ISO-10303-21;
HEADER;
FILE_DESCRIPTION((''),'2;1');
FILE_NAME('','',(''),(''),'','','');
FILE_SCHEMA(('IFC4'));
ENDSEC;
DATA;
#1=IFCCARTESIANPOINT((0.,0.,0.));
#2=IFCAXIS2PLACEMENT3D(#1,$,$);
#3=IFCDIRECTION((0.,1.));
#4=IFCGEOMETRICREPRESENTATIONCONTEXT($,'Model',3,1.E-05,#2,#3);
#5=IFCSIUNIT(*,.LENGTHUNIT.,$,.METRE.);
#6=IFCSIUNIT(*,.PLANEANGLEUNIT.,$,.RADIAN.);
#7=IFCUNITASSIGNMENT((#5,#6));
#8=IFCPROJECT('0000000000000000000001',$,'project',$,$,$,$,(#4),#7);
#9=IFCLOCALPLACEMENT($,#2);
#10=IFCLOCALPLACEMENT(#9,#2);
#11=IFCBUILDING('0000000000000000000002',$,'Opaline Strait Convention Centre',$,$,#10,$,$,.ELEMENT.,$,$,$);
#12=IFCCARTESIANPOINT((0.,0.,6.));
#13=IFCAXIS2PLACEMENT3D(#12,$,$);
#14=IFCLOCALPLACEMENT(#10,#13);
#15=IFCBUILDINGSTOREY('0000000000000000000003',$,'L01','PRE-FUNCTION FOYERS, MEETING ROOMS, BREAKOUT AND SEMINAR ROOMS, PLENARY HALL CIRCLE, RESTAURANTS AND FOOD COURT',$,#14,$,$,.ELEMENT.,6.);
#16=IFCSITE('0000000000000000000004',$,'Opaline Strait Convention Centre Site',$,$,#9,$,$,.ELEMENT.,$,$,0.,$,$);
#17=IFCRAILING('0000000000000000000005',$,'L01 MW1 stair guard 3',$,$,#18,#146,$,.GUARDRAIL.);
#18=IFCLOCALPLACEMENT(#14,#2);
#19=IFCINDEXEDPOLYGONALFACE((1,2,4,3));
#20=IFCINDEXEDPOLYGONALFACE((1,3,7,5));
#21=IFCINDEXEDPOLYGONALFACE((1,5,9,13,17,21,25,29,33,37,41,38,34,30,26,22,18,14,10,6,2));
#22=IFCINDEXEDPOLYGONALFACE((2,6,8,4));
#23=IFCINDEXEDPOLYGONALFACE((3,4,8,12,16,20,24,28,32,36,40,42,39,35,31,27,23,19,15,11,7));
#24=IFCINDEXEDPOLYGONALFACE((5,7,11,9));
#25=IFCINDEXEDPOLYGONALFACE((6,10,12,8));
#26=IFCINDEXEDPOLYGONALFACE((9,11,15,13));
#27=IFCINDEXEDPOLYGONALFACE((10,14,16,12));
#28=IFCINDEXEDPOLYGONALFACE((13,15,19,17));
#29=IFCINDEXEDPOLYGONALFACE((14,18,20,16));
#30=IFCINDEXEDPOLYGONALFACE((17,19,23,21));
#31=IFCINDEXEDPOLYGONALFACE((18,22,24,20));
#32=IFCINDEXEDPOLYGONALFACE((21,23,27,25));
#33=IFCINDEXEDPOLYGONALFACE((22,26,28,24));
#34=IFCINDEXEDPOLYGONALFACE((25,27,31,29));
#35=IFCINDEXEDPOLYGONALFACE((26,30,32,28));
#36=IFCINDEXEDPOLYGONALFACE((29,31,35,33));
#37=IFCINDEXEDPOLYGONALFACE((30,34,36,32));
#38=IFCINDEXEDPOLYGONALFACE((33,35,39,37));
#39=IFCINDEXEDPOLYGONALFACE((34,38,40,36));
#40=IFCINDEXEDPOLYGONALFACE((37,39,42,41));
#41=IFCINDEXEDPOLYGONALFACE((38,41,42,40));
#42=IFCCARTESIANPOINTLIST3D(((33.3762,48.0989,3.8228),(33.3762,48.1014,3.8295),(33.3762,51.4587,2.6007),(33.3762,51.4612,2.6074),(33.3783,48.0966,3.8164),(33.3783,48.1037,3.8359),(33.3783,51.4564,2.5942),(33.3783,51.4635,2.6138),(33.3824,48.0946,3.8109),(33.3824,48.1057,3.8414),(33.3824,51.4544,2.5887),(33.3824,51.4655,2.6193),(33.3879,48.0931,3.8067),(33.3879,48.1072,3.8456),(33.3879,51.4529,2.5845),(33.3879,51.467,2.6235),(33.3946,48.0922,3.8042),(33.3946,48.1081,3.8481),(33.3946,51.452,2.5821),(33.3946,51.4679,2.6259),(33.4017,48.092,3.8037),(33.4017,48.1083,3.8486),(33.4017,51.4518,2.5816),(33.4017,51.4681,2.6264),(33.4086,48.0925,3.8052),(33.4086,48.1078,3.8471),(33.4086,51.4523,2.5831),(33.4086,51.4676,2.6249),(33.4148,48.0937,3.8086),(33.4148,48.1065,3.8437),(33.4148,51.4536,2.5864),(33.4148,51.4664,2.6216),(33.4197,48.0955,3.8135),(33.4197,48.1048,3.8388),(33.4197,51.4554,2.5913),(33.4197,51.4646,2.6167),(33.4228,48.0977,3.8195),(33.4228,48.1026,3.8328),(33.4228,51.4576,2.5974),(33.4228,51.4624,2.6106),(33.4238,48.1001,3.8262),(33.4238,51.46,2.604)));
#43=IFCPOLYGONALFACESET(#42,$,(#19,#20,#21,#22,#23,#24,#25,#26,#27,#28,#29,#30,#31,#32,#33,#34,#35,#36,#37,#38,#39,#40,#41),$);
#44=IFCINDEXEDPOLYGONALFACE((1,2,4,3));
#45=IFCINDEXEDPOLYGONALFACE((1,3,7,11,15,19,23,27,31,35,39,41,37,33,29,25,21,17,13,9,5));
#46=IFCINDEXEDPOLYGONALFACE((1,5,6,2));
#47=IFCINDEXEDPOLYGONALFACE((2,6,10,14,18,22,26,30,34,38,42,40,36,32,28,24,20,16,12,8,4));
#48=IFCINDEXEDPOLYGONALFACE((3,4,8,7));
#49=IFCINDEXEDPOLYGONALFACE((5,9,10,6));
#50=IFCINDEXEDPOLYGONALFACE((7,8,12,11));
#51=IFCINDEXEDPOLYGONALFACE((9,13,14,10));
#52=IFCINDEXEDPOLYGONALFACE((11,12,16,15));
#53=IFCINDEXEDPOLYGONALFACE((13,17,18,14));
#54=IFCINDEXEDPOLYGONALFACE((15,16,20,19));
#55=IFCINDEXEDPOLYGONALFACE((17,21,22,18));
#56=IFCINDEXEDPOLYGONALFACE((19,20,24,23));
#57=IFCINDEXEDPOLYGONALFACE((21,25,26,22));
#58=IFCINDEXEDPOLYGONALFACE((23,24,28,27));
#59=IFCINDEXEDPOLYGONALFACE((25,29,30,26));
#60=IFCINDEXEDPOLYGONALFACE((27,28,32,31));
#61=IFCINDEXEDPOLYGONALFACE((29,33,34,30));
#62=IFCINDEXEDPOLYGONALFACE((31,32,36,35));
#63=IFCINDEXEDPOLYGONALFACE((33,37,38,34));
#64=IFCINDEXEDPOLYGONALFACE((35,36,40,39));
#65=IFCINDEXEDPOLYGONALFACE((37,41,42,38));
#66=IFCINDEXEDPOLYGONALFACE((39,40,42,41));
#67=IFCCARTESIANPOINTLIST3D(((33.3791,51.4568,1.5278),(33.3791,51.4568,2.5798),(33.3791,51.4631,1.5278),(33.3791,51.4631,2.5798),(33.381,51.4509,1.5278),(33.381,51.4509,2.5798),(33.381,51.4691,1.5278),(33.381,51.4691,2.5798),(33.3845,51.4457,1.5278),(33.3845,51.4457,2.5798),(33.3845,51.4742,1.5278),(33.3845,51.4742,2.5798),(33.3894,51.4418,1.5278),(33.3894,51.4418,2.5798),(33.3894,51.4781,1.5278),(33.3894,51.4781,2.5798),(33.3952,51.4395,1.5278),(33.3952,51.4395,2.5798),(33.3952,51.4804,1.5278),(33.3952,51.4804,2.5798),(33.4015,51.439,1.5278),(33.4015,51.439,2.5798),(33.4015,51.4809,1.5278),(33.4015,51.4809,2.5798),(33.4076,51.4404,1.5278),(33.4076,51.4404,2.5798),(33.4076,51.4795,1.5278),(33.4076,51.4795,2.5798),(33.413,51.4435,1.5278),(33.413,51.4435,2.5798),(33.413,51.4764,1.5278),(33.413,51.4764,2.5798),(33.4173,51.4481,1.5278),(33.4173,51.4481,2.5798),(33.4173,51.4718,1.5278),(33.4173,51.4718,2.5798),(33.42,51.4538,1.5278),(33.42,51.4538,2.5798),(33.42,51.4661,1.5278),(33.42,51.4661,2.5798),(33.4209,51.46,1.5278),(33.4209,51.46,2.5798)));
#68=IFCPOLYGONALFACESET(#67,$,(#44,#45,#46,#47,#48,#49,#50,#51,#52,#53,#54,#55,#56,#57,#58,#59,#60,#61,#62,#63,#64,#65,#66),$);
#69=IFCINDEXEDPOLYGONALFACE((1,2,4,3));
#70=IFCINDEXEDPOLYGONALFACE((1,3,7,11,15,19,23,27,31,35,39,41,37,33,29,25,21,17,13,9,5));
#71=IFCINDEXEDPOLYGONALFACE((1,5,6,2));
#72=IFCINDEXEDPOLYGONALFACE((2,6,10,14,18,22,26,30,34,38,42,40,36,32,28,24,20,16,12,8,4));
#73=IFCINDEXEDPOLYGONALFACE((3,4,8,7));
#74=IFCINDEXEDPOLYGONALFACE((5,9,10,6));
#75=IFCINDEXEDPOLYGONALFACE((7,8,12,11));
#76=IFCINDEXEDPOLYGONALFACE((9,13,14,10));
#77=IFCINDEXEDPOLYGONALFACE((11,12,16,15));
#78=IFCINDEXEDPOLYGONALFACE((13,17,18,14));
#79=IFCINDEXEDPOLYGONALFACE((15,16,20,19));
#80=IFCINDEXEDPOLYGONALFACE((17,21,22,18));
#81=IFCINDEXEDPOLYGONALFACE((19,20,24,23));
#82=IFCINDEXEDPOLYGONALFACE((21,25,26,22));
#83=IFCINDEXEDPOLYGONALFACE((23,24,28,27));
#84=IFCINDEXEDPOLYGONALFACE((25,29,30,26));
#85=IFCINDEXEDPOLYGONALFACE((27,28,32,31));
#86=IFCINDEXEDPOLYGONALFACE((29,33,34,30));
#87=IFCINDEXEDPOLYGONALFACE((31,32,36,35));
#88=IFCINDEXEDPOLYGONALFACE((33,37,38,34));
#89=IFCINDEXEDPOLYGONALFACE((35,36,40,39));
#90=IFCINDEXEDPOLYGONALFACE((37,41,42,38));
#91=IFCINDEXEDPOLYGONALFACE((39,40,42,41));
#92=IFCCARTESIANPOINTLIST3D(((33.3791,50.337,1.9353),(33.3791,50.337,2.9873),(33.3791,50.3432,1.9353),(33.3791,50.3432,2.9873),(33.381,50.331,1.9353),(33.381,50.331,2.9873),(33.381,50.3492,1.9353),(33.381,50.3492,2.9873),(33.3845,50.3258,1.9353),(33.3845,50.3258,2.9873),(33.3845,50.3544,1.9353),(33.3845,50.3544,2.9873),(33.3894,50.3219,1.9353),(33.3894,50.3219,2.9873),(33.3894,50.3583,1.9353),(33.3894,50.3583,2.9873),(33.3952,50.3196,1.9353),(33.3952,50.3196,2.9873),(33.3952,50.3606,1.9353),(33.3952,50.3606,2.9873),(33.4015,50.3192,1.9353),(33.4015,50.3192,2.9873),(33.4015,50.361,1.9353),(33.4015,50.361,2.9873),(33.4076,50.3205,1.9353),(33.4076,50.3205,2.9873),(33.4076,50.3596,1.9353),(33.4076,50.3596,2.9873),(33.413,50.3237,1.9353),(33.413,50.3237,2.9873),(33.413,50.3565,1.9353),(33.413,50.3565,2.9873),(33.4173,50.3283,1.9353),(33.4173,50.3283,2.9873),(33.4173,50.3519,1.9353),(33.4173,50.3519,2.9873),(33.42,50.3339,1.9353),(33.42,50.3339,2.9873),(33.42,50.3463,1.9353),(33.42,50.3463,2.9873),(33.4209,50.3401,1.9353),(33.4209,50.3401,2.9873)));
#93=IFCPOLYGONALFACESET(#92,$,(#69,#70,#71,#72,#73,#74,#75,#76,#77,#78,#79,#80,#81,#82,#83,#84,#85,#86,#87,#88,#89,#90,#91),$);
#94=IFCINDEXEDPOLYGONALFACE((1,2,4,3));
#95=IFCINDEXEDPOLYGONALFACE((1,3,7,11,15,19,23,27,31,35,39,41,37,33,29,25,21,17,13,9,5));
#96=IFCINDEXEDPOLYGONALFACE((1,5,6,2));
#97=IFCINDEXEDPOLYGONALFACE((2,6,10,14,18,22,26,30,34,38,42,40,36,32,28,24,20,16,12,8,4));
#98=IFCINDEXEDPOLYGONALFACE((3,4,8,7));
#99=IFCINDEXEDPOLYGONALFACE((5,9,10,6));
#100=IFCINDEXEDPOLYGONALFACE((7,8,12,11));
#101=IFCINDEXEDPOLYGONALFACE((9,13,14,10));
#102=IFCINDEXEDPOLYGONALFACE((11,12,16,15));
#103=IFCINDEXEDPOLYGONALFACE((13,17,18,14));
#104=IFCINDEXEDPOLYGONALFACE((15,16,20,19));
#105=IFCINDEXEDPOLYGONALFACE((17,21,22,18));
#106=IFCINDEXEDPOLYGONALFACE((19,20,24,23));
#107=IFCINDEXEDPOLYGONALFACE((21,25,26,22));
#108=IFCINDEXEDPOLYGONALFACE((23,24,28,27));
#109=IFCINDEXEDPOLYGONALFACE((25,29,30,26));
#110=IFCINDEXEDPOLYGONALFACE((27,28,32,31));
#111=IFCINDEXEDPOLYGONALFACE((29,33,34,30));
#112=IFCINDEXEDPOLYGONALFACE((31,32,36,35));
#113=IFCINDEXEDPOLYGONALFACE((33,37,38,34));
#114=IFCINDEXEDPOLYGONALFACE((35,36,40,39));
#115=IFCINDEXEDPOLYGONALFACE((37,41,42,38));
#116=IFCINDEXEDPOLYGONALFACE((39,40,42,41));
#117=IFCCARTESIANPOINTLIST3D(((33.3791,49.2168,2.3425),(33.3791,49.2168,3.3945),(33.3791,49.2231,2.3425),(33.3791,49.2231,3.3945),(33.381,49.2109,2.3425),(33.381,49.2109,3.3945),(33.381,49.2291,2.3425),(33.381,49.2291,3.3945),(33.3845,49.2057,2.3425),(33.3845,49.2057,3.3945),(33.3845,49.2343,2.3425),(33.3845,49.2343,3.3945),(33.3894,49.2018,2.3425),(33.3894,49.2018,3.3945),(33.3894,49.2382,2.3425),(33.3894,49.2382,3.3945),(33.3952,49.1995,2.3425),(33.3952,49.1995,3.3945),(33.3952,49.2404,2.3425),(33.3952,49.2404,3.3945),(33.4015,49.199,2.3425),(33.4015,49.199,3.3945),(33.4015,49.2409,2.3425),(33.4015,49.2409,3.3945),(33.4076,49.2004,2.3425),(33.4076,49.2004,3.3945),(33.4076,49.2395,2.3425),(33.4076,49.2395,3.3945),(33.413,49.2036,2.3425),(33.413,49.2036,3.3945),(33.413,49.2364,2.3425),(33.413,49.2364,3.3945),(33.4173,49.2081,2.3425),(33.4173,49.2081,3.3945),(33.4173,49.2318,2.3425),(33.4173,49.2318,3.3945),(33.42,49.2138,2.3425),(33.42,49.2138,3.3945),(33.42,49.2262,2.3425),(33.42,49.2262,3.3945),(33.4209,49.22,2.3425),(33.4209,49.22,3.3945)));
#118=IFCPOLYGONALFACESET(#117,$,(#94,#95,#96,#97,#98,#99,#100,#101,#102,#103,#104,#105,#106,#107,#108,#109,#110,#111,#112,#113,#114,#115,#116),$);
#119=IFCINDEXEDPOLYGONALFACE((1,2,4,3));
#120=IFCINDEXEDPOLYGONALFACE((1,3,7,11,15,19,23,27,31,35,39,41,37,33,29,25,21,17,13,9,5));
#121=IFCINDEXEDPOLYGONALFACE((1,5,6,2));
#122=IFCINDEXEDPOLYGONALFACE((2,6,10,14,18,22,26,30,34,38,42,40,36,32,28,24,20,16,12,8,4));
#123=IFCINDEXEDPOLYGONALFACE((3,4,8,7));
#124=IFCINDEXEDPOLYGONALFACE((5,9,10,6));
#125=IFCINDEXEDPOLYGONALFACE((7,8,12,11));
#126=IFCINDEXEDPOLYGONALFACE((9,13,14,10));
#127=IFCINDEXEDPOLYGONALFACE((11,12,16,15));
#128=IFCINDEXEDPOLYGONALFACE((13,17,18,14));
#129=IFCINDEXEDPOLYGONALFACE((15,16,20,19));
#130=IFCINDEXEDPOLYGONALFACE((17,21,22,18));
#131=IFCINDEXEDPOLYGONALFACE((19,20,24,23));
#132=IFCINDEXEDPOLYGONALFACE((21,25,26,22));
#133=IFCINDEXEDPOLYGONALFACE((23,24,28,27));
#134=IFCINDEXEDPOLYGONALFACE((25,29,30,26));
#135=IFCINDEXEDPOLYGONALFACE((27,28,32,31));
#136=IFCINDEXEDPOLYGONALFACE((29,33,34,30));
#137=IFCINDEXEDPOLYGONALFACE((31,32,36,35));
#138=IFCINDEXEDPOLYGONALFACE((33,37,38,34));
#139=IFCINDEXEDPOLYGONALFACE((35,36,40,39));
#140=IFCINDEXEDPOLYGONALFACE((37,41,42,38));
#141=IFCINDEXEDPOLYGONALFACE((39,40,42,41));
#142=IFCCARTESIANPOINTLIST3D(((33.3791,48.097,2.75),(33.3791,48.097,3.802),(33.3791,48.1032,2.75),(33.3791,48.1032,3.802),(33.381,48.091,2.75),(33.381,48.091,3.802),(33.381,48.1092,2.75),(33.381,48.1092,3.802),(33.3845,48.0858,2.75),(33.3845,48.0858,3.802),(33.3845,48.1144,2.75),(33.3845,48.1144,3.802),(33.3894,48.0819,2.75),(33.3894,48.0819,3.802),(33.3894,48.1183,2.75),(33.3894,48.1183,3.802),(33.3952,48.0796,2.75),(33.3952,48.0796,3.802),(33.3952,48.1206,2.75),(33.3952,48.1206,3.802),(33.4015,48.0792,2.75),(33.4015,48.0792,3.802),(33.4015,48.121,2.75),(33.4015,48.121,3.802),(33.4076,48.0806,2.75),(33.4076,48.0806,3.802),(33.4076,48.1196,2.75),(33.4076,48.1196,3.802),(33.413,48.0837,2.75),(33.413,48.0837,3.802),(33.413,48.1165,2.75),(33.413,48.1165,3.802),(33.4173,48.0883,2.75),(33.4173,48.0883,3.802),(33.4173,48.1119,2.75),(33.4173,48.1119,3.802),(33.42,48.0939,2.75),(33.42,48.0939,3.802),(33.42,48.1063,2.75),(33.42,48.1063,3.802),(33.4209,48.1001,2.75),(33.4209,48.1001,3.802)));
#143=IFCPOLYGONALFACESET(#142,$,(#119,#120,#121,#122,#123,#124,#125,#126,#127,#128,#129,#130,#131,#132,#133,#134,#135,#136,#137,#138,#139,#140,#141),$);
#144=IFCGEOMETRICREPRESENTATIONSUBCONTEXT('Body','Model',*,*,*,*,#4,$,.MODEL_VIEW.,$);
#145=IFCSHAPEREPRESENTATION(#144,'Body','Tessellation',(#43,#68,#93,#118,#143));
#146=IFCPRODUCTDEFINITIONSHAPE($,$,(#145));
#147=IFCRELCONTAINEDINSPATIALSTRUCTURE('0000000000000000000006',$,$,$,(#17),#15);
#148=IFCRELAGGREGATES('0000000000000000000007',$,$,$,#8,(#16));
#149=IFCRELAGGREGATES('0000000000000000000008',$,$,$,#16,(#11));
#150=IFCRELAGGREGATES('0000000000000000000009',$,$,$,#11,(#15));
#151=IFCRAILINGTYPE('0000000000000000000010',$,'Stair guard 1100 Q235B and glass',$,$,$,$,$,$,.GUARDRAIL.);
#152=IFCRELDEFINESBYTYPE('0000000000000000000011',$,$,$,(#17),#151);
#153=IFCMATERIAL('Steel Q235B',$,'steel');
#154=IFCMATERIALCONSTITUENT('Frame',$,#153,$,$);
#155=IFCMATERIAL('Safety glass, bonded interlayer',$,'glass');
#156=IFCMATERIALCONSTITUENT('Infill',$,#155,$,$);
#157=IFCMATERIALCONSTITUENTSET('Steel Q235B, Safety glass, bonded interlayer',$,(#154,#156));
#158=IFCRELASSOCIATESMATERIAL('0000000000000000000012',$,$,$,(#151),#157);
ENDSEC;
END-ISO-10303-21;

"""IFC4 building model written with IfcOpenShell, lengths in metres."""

from ifc_helpers import new_model, si_unit, direction, frame, origin, origin_2d, place, context, subcontext, project, spatial, circle, extrude, material, constituent, constituent_set, type_object, element, save


model = new_model("IFC4")

# Units and contexts
model_context = context("Model", 3, precision=1e-05, world=origin(), true_north=direction((0.0, 1.0)))
body_context = subcontext(model_context, "Body", "Model", "MODEL_VIEW")
ifc_project = project(units=[si_unit("LENGTHUNIT", "METRE"), si_unit("PLANEANGLEUNIT", "RADIAN")], contexts=[model_context])

# Site, building, storey
site_placement = place(None, origin())
site = spatial("IfcSite", under=ifc_project, at=site_placement, Name="Opaline Strait Convention Centre Site", CompositionType="ELEMENT", RefElevation=0.0)
building_placement = place(site_placement, origin())
building = spatial("IfcBuilding", under=site, at=building_placement, Name="Opaline Strait Convention Centre", CompositionType="ELEMENT")
storey_placement = place(building_placement, frame((0.0, 0.0, 6.0)))
storey = spatial("IfcBuildingStorey", under=building, at=storey_placement, Name="L01", Description="PRE-FUNCTION FOYERS, MEETING ROOMS, BREAKOUT AND SEMINAR ROOMS, PLENARY HALL CIRCLE, RESTAURANTS AND FOOD COURT", CompositionType="ELEMENT", Elevation=6.0)

# Railing
ifc_material_1 = material(Name="Steel Q235B", Category="steel")
ifc_constituent_1 = constituent(ifc_material_1, Name="Frame")
ifc_material_2 = material(Name="Safety glass, bonded interlayer", Category="glass")
ifc_constituent_2 = constituent(ifc_material_2, Name="Infill")
ifc_constituent_set = constituent_set(constituents=[ifc_constituent_1, ifc_constituent_2], Name="Steel Q235B, Safety glass, bonded interlayer")
railing_type_1 = type_object("IfcRailingType", Name="Stair guard 1100 Q235B and glass", PredefinedType="GUARDRAIL", material=ifc_constituent_set)
for number, where, name in (
    (1, (33.3999, 51.46, 1.5278), "L01 MW1 stair guard 3"),
):
    element("IfcRailing", number, at=place(storey_placement, frame(where)), inside=storey, type_object=railing_type_1, Name=name, PredefinedType="GUARDRAIL", context=body_context, shape_type="SweptSolid", body=[
        extrude(circle(Radius=0.0239, at=origin_2d()), frame((0.0, 0.0, 1.0762), z_axis=(0.0, -0.939758, 0.341842), x_axis=(1.0, 0.0, 0.0)), (0.0, 0.0, 1.0), 3.5752),
        extrude(circle(Radius=0.021, at=origin_2d()), origin(), (0.0, 0.0, 1.0), 1.052),
        extrude(circle(Radius=0.021, at=origin_2d()), frame((0.0, -1.1199, 0.4075)), (0.0, 0.0, 1.0), 1.052),
        extrude(circle(Radius=0.021, at=origin_2d()), frame((0.0, -2.24, 0.8147)), (0.0, 0.0, 1.0), 1.052),
        extrude(circle(Radius=0.021, at=origin_2d()), frame((0.0, -3.3599, 1.2222)), (0.0, 0.0, 1.0), 1.052),
    ])

save(model, "model.ifc")
